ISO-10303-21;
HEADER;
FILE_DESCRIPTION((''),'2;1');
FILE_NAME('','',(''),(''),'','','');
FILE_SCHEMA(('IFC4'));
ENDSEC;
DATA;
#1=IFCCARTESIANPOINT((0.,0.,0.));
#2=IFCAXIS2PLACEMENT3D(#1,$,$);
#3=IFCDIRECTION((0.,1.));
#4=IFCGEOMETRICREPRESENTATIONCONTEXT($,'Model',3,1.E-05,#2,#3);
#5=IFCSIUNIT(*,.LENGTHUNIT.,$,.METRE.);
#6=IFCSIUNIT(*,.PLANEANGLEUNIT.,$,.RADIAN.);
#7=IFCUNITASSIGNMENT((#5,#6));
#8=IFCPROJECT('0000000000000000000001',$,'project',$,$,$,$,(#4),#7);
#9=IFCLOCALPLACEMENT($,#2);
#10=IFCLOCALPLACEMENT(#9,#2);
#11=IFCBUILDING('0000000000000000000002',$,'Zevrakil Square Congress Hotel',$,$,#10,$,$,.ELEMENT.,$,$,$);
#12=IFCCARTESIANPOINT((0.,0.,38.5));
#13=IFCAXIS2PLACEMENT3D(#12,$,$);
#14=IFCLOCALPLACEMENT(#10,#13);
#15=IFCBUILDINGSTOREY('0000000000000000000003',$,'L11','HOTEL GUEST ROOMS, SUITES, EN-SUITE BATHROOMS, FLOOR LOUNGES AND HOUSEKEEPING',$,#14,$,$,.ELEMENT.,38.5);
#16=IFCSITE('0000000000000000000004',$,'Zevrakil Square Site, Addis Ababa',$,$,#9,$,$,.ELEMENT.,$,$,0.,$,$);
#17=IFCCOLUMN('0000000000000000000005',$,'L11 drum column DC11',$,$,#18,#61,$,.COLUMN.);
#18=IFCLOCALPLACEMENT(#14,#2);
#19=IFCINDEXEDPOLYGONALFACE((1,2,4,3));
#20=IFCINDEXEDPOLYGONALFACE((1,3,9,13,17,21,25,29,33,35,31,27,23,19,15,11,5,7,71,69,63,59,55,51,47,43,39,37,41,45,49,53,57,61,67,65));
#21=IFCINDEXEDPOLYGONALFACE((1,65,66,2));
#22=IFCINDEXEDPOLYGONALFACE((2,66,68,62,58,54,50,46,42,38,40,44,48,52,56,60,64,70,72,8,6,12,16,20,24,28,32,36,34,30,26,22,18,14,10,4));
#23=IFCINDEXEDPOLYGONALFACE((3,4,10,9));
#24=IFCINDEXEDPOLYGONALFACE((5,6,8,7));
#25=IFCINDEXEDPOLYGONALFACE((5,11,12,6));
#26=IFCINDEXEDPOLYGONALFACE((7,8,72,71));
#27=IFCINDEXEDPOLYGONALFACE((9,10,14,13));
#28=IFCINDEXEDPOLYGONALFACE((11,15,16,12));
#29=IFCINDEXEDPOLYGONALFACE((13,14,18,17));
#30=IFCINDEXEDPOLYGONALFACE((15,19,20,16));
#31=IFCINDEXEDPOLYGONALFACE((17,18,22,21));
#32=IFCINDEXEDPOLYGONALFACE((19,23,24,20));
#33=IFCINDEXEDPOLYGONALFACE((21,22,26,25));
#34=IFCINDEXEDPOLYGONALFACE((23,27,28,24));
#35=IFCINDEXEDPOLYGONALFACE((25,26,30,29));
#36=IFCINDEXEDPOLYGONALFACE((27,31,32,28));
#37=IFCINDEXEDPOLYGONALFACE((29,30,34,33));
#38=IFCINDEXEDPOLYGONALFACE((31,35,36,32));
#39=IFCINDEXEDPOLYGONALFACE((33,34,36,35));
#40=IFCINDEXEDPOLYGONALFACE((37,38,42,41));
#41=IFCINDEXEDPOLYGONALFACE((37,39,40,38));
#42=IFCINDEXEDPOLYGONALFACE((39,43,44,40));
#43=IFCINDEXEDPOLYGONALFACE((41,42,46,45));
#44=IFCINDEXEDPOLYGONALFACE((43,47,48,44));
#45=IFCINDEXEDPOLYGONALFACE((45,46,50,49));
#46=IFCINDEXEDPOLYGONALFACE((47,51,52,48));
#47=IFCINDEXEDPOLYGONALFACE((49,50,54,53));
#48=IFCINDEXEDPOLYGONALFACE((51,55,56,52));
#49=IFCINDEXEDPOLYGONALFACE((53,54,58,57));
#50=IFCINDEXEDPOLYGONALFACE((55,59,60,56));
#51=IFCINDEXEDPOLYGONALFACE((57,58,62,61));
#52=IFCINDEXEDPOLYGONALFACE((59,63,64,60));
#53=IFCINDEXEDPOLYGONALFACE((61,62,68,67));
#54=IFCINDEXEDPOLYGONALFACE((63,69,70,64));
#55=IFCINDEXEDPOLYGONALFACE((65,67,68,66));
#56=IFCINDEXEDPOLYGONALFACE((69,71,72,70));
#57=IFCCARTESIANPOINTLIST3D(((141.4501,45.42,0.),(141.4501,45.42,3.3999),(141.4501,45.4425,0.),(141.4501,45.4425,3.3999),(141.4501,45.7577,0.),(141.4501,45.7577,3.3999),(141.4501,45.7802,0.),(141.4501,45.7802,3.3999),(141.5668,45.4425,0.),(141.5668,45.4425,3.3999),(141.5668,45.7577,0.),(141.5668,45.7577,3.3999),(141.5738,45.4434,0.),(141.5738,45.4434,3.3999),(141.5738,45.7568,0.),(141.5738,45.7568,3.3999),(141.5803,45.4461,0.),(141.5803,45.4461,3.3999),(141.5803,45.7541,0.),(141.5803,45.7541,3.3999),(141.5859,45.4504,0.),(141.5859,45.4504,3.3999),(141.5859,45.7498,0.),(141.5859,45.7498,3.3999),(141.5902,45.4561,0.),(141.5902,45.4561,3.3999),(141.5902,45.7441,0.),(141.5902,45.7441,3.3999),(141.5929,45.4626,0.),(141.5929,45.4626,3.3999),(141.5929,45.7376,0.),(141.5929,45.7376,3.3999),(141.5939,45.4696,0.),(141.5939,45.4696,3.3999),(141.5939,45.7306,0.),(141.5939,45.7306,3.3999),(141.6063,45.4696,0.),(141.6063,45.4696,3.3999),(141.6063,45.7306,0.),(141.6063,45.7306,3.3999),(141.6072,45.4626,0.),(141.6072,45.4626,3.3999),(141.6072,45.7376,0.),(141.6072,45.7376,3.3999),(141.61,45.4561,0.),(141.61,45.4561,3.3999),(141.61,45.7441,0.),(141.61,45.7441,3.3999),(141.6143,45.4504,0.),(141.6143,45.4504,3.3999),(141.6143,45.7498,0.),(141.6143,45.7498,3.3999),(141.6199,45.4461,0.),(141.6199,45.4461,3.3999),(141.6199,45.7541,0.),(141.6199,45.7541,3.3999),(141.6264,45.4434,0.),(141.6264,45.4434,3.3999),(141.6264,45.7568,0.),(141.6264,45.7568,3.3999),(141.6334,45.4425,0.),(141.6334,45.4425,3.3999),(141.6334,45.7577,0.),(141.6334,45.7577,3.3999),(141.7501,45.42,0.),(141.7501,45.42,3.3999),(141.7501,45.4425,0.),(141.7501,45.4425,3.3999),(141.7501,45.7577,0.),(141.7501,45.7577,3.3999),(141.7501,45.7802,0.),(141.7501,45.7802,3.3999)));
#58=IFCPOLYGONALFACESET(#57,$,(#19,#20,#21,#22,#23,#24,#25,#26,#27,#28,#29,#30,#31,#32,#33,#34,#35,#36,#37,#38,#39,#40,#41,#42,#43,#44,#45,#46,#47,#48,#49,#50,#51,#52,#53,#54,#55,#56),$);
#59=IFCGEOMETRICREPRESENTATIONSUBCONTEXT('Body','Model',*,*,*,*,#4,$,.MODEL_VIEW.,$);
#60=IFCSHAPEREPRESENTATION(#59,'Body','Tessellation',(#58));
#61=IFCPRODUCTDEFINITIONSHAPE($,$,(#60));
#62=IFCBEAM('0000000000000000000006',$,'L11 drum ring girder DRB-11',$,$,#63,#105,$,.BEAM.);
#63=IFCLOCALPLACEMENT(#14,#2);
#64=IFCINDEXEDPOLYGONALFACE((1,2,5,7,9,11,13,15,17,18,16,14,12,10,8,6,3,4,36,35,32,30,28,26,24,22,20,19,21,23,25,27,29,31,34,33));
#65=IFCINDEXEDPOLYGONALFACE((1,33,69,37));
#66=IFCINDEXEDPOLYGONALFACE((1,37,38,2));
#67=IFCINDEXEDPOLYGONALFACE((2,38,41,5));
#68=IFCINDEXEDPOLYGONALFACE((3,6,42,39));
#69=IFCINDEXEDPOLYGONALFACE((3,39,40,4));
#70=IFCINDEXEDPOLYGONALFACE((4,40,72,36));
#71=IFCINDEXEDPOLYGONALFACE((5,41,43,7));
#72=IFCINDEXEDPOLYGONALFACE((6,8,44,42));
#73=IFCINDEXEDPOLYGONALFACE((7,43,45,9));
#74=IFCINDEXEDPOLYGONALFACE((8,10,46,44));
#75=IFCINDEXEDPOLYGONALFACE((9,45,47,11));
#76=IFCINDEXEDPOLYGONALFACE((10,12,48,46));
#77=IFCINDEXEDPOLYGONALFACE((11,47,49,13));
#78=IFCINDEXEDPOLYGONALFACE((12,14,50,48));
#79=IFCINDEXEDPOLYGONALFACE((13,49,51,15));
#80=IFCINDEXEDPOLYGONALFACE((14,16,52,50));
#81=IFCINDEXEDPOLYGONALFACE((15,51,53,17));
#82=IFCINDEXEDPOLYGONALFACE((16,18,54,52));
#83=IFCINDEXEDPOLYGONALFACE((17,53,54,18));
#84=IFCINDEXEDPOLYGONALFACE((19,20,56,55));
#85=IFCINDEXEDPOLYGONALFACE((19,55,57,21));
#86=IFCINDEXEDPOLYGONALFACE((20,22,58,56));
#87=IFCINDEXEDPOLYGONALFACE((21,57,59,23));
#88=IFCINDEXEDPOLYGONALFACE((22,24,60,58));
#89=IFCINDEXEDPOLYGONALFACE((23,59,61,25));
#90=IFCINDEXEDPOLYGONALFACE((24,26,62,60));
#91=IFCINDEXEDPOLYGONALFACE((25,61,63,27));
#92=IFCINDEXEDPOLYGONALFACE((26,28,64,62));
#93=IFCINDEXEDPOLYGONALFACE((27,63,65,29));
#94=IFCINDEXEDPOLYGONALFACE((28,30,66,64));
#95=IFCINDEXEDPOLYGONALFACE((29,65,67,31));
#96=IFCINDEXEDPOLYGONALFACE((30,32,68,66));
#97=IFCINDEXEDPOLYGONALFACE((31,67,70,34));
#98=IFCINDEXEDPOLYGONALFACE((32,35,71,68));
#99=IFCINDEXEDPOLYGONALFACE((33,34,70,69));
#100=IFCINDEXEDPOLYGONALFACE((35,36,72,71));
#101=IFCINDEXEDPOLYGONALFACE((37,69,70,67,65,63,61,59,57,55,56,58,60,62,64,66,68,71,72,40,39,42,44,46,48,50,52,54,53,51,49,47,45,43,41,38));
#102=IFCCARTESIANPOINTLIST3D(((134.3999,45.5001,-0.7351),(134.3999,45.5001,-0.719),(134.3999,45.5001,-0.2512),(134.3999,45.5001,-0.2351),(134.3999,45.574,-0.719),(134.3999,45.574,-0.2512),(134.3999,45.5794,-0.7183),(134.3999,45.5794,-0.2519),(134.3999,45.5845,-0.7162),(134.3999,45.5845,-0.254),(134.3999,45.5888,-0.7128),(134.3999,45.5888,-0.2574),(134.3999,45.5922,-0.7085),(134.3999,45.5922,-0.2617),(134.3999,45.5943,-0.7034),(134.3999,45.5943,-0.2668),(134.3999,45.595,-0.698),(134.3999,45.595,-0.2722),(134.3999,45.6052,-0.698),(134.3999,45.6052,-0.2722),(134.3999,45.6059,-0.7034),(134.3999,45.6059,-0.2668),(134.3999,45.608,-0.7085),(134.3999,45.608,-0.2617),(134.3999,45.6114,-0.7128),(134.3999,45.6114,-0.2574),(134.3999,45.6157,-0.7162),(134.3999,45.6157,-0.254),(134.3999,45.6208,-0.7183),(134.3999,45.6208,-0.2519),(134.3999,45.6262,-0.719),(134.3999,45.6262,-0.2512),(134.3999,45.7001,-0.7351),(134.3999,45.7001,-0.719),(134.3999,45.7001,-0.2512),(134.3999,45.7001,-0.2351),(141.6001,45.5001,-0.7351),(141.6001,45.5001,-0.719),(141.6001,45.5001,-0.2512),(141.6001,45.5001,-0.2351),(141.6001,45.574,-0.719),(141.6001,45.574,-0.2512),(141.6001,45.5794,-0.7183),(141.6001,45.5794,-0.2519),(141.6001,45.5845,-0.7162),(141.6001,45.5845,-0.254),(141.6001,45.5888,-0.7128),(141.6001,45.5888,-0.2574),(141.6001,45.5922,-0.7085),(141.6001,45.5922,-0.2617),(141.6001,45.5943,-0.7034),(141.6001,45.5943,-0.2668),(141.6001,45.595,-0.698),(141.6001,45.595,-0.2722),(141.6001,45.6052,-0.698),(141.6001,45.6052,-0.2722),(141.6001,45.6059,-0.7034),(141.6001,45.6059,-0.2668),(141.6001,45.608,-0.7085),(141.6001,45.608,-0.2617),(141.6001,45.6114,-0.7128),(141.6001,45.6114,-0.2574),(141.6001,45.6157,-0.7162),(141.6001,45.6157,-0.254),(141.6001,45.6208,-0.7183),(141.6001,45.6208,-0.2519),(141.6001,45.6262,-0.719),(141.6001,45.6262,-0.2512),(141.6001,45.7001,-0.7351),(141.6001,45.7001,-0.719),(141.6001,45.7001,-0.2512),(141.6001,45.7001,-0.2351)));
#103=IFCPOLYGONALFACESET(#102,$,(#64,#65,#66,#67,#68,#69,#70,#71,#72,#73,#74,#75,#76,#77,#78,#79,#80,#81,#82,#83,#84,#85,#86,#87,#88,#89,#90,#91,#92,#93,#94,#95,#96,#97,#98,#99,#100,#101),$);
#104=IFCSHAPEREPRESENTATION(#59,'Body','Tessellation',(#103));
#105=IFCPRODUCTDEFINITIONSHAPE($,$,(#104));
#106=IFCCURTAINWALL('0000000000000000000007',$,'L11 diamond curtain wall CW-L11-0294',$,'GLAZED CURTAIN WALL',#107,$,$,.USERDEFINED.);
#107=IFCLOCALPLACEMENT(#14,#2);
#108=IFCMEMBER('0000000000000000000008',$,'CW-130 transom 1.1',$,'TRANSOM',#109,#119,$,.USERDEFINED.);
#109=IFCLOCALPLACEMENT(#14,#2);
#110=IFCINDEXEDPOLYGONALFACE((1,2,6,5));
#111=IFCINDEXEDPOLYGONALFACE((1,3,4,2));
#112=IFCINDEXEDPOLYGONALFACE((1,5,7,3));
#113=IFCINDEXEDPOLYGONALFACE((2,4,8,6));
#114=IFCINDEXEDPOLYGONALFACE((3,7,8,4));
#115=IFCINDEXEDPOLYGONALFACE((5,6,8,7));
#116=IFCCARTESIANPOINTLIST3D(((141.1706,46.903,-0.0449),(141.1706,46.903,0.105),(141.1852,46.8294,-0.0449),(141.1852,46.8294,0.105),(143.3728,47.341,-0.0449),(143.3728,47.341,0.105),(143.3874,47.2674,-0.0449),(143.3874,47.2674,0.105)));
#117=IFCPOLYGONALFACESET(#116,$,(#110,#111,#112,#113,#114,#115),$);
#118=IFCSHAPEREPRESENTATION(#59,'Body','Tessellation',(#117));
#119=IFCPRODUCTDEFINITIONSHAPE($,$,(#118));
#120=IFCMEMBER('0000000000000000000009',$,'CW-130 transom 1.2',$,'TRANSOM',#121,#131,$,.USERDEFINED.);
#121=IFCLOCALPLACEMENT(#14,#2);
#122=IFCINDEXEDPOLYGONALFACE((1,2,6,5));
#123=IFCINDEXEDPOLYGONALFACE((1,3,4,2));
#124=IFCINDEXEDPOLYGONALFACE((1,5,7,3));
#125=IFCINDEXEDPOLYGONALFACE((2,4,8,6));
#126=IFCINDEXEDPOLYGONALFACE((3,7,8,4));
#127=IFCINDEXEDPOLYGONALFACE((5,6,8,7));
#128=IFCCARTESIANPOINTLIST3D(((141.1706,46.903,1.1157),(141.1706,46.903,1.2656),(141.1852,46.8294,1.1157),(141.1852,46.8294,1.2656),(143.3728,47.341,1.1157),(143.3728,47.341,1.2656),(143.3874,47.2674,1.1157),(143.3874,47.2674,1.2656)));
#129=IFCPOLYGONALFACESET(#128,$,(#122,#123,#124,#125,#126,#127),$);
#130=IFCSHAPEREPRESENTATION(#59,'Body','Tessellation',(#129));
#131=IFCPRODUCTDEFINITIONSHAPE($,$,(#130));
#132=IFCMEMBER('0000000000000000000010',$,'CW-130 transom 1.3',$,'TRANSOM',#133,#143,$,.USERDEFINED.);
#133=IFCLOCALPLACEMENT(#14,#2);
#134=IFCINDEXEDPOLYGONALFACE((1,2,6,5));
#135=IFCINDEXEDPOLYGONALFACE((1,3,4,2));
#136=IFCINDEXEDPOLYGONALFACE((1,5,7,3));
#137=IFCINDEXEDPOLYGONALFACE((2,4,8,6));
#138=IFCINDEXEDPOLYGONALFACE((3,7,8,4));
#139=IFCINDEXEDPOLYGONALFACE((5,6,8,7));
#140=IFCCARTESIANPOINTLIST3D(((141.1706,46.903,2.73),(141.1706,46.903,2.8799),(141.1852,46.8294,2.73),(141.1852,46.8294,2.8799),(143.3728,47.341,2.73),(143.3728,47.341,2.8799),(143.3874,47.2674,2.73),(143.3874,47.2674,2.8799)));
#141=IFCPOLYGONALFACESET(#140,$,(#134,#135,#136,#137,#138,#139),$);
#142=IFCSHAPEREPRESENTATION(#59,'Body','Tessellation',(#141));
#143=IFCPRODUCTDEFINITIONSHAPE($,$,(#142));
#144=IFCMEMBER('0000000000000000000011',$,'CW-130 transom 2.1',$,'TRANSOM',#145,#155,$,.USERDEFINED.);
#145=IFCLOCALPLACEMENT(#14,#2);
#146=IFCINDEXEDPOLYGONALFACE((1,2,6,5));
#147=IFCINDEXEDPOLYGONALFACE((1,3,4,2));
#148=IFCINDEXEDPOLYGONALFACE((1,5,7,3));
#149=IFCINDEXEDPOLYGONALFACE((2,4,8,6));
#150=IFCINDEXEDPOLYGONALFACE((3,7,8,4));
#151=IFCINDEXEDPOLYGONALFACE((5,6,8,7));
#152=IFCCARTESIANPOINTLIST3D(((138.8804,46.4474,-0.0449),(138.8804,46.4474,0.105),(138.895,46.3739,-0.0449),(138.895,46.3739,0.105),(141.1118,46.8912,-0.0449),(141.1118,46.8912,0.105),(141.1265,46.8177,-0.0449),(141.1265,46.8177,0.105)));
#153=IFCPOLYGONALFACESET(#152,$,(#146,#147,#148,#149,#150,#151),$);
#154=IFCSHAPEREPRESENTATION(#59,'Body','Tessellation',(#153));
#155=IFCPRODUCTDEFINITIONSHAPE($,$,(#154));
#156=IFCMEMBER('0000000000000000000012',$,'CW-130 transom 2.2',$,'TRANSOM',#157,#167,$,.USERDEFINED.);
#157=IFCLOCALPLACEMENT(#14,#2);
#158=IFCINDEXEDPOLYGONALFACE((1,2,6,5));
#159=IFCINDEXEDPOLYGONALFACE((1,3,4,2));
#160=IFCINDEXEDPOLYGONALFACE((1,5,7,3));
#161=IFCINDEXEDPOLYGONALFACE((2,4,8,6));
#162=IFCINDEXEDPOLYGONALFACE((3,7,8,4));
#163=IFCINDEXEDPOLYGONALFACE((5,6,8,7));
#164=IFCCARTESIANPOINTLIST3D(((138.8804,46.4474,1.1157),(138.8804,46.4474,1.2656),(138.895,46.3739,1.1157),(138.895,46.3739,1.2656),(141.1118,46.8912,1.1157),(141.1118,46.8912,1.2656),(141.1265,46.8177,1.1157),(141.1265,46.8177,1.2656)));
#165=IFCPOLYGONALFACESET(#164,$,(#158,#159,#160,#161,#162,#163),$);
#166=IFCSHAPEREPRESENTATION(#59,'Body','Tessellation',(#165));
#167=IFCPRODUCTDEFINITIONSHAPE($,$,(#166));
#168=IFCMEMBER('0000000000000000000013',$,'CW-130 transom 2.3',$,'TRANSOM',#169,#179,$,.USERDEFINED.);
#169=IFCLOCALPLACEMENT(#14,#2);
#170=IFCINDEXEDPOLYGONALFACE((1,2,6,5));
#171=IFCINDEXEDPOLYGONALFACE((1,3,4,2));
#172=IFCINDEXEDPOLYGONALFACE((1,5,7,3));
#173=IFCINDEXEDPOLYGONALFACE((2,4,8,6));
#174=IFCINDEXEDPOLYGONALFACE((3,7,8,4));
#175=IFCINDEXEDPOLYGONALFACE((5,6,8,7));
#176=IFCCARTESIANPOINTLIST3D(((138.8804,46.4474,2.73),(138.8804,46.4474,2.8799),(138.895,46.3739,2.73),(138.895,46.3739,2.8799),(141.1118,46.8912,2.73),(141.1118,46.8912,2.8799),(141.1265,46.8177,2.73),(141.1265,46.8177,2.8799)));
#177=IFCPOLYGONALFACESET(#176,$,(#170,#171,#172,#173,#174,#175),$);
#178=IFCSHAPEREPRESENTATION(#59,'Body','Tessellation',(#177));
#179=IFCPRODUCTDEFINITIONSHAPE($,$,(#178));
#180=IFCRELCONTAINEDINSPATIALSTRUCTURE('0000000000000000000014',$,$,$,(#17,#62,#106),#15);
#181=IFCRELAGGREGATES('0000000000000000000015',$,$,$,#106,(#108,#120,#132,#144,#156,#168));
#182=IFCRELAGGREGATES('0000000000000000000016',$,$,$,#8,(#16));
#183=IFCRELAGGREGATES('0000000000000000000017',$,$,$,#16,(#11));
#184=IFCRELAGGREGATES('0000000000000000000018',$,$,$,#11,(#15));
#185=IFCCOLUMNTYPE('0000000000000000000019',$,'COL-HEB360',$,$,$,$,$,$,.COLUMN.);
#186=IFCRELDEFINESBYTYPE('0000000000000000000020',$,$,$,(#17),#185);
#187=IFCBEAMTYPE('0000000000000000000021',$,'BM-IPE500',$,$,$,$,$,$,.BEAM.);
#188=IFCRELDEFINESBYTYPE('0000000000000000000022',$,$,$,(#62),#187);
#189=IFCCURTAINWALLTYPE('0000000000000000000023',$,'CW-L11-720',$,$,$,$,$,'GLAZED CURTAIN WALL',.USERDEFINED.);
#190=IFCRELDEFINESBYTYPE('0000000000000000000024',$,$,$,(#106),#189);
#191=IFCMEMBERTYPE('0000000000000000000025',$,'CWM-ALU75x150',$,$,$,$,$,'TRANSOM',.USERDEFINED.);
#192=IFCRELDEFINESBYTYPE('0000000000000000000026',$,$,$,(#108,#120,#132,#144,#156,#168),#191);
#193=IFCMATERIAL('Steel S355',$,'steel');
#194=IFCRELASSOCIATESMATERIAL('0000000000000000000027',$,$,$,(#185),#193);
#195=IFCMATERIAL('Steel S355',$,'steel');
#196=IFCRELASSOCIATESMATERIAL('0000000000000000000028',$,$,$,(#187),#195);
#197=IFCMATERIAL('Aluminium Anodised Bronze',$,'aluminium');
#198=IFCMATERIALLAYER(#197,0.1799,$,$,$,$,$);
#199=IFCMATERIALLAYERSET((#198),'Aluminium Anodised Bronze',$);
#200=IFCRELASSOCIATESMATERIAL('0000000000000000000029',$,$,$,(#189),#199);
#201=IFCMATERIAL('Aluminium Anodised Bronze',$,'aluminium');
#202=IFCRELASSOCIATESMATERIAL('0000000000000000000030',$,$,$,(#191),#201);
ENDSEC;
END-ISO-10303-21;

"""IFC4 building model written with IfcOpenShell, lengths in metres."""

from ifc_helpers import new_model, si_unit, direction, frame, origin, origin_2d, place, context, subcontext, project, spatial, rectangle, i_section, extrude, material, layer, layer_set, material_profile, profile_set, type_object, element, aggregate, save


model = new_model("IFC4")

# Units and contexts
model_context = context("Model", 3, precision=1e-05, world=origin(), true_north=direction((0.0, 1.0)))
body_context = subcontext(model_context, "Body", "Model", "MODEL_VIEW")
ifc_project = project(units=[si_unit("LENGTHUNIT", "METRE"), si_unit("PLANEANGLEUNIT", "RADIAN")], contexts=[model_context])

# Site, building, storey
site_placement = place(None, origin())
site = spatial("IfcSite", under=ifc_project, at=site_placement, Name="Zevrakil Square Site, Addis Ababa", CompositionType="ELEMENT", RefElevation=0.0)
building_placement = place(site_placement, origin())
building = spatial("IfcBuilding", under=site, at=building_placement, Name="Zevrakil Square Congress Hotel", CompositionType="ELEMENT")
storey_placement = place(building_placement, frame((0.0, 0.0, 38.5)))
storey = spatial("IfcBuildingStorey", under=building, at=storey_placement, Name="L11", Description="HOTEL GUEST ROOMS, SUITES, EN-SUITE BATHROOMS, FLOOR LOUNGES AND HOUSEKEEPING", CompositionType="ELEMENT", Elevation=38.5)

# Column
ifc_material_1 = material(Name="Steel S355", Category="steel")
ifc_material_profile_1 = material_profile(ifc_material_1, i_section(OverallWidth=0.3, OverallDepth=0.3601, WebThickness=0.0125, FlangeThickness=0.0225, FilletRadius=0.0271, at=origin_2d()), Name="HEB 360")
ifc_profile_set_1 = profile_set([ifc_material_profile_1], Name="Steel S355")
column_type = type_object("IfcColumnType", Name="COL-HEB360", PredefinedType="COLUMN", material=ifc_profile_set_1)
column_placement = place(storey_placement, frame((141.6001, 45.6001, 0.0), z_axis=(0.0, 0.0, 1.0), x_axis=(1.0, 0.0, 0.0)))
element("IfcColumn", 1, at=column_placement, inside=storey, type_object=column_type, Name="L11 drum column DC11", PredefinedType="COLUMN", context=body_context, shape_type="SweptSolid", body=[
    extrude(i_section(OverallWidth=0.3, OverallDepth=0.3601, WebThickness=0.0125, FlangeThickness=0.0225, FilletRadius=0.0271, at=origin_2d()), origin(), (0.0, 0.0, 1.0), 3.3999),
])

# Beam
ifc_material_2 = material(Name="Steel S355", Category="steel")
ifc_material_profile_2 = material_profile(ifc_material_2, i_section(OverallWidth=0.2, OverallDepth=0.5, WebThickness=0.0103, FlangeThickness=0.0161, FilletRadius=0.021, at=origin_2d()), Name="IPE 500")
ifc_profile_set_2 = profile_set([ifc_material_profile_2], Name="Steel S355")
beam_type_1 = type_object("IfcBeamType", Name="BM-IPE500", PredefinedType="BEAM", material=ifc_profile_set_2)
beam_1_placement = place(storey_placement, frame((141.6001, 45.6001, -0.4851), z_axis=(-1.0, 0.0, 0.0), x_axis=(0.0, -1.0, 0.0)))
element("IfcBeam", 2, at=beam_1_placement, inside=storey, type_object=beam_type_1, Name="L11 drum ring girder DRB-11", PredefinedType="BEAM", context=body_context, shape_type="SweptSolid", body=[
    extrude(i_section(OverallWidth=0.2, OverallDepth=0.5, WebThickness=0.0103, FlangeThickness=0.0161, FilletRadius=0.021, at=origin_2d()), origin(), (0.0, 0.0, 1.0), 7.2002),
])

# Curtain wall, members
ifc_material_3 = material(Name="Aluminium Anodised Bronze", Category="aluminium")
ifc_layer_1 = layer(ifc_material_3, 0.1799)
ifc_layer_set_1 = layer_set([ifc_layer_1], Name="Aluminium Anodised Bronze")
curtain_wall_type = type_object("IfcCurtainWallType", Name="CW-L11-720", ElementType="GLAZED CURTAIN WALL", PredefinedType="USERDEFINED", material=ifc_layer_set_1)
curtain_wall_1_placement = place(storey_placement, origin())
curtain_wall_1 = element("IfcCurtainWall", 3, at=curtain_wall_1_placement, inside=storey, type_object=curtain_wall_type, Name="L11 diamond curtain wall CW-L11-0294", ObjectType="GLAZED CURTAIN WALL", PredefinedType="USERDEFINED")
ifc_material_4 = material(Name="Aluminium Anodised Bronze", Category="aluminium")
ifc_material_profile_3 = material_profile(ifc_material_4, rectangle(XDim=0.075, YDim=0.1499, at=origin_2d()), Name="ALU 75x150")
ifc_profile_set_3 = profile_set([ifc_material_profile_3], Name="Aluminium Anodised Bronze")
member_type_1 = type_object("IfcMemberType", Name="CWM-ALU75x150", ElementType="TRANSOM", PredefinedType="USERDEFINED", material=ifc_profile_set_3)
member_1_placement = place(storey_placement, frame((143.3801, 47.3042, 0.03), z_axis=(-0.980789, -0.19507, 0.0), x_axis=(0.19507, -0.980789, 0.0)))
member_1 = element("IfcMember", 4, at=member_1_placement, type_object=member_type_1, Name="CW-130 transom 1.1", ObjectType="TRANSOM", PredefinedType="USERDEFINED", context=body_context, shape_type="SweptSolid", body=[
    extrude(rectangle(XDim=0.075, YDim=0.1499, at=origin_2d()), origin(), (0.0, 0.0, 1.0), 2.2454),
])
member_2_placement = place(storey_placement, frame((143.3801, 47.3042, 1.1907), z_axis=(-0.980789, -0.19507, 0.0), x_axis=(0.19507, -0.980789, 0.0)))
member_2 = element("IfcMember", 5, at=member_2_placement, type_object=member_type_1, Name="CW-130 transom 1.2", ObjectType="TRANSOM", PredefinedType="USERDEFINED", context=body_context, shape_type="SweptSolid", body=[
    extrude(rectangle(XDim=0.075, YDim=0.1499, at=origin_2d()), origin(), (0.0, 0.0, 1.0), 2.2454),
])
member_3_placement = place(storey_placement, frame((143.3801, 47.3042, 2.8049), z_axis=(-0.980789, -0.19507, 0.0), x_axis=(0.19507, -0.980789, 0.0)))
member_3 = element("IfcMember", 6, at=member_3_placement, type_object=member_type_1, Name="CW-130 transom 1.3", ObjectType="TRANSOM", PredefinedType="USERDEFINED", context=body_context, shape_type="SweptSolid", body=[
    extrude(rectangle(XDim=0.075, YDim=0.1499, at=origin_2d()), origin(), (0.0, 0.0, 1.0), 2.2454),
])
member_4_placement = place(storey_placement, frame((141.1191, 46.8545, 0.03), z_axis=(-0.980786, -0.195084, 0.0), x_axis=(0.195084, -0.980786, 0.0)))
member_4 = element("IfcMember", 7, at=member_4_placement, type_object=member_type_1, Name="CW-130 transom 2.1", ObjectType="TRANSOM", PredefinedType="USERDEFINED", context=body_context, shape_type="SweptSolid", body=[
    extrude(rectangle(XDim=0.075, YDim=0.1499, at=origin_2d()), origin(), (0.0, 0.0, 1.0), 2.2751),
])
member_5_placement = place(storey_placement, frame((141.1191, 46.8545, 1.1907), z_axis=(-0.980786, -0.195084, 0.0), x_axis=(0.195084, -0.980786, 0.0)))
member_5 = element("IfcMember", 8, at=member_5_placement, type_object=member_type_1, Name="CW-130 transom 2.2", ObjectType="TRANSOM", PredefinedType="USERDEFINED", context=body_context, shape_type="SweptSolid", body=[
    extrude(rectangle(XDim=0.075, YDim=0.1499, at=origin_2d()), origin(), (0.0, 0.0, 1.0), 2.2751),
])
member_6_placement = place(storey_placement, frame((141.1191, 46.8545, 2.8049), z_axis=(-0.980786, -0.195084, 0.0), x_axis=(0.195084, -0.980786, 0.0)))
member_6 = element("IfcMember", 9, at=member_6_placement, type_object=member_type_1, Name="CW-130 transom 2.3", ObjectType="TRANSOM", PredefinedType="USERDEFINED", context=body_context, shape_type="SweptSolid", body=[
    extrude(rectangle(XDim=0.075, YDim=0.1499, at=origin_2d()), origin(), (0.0, 0.0, 1.0), 2.2751),
])

aggregate(curtain_wall_1, [member_1, member_2, member_3, member_4, member_5, member_6])

save(model, "model.ifc")
